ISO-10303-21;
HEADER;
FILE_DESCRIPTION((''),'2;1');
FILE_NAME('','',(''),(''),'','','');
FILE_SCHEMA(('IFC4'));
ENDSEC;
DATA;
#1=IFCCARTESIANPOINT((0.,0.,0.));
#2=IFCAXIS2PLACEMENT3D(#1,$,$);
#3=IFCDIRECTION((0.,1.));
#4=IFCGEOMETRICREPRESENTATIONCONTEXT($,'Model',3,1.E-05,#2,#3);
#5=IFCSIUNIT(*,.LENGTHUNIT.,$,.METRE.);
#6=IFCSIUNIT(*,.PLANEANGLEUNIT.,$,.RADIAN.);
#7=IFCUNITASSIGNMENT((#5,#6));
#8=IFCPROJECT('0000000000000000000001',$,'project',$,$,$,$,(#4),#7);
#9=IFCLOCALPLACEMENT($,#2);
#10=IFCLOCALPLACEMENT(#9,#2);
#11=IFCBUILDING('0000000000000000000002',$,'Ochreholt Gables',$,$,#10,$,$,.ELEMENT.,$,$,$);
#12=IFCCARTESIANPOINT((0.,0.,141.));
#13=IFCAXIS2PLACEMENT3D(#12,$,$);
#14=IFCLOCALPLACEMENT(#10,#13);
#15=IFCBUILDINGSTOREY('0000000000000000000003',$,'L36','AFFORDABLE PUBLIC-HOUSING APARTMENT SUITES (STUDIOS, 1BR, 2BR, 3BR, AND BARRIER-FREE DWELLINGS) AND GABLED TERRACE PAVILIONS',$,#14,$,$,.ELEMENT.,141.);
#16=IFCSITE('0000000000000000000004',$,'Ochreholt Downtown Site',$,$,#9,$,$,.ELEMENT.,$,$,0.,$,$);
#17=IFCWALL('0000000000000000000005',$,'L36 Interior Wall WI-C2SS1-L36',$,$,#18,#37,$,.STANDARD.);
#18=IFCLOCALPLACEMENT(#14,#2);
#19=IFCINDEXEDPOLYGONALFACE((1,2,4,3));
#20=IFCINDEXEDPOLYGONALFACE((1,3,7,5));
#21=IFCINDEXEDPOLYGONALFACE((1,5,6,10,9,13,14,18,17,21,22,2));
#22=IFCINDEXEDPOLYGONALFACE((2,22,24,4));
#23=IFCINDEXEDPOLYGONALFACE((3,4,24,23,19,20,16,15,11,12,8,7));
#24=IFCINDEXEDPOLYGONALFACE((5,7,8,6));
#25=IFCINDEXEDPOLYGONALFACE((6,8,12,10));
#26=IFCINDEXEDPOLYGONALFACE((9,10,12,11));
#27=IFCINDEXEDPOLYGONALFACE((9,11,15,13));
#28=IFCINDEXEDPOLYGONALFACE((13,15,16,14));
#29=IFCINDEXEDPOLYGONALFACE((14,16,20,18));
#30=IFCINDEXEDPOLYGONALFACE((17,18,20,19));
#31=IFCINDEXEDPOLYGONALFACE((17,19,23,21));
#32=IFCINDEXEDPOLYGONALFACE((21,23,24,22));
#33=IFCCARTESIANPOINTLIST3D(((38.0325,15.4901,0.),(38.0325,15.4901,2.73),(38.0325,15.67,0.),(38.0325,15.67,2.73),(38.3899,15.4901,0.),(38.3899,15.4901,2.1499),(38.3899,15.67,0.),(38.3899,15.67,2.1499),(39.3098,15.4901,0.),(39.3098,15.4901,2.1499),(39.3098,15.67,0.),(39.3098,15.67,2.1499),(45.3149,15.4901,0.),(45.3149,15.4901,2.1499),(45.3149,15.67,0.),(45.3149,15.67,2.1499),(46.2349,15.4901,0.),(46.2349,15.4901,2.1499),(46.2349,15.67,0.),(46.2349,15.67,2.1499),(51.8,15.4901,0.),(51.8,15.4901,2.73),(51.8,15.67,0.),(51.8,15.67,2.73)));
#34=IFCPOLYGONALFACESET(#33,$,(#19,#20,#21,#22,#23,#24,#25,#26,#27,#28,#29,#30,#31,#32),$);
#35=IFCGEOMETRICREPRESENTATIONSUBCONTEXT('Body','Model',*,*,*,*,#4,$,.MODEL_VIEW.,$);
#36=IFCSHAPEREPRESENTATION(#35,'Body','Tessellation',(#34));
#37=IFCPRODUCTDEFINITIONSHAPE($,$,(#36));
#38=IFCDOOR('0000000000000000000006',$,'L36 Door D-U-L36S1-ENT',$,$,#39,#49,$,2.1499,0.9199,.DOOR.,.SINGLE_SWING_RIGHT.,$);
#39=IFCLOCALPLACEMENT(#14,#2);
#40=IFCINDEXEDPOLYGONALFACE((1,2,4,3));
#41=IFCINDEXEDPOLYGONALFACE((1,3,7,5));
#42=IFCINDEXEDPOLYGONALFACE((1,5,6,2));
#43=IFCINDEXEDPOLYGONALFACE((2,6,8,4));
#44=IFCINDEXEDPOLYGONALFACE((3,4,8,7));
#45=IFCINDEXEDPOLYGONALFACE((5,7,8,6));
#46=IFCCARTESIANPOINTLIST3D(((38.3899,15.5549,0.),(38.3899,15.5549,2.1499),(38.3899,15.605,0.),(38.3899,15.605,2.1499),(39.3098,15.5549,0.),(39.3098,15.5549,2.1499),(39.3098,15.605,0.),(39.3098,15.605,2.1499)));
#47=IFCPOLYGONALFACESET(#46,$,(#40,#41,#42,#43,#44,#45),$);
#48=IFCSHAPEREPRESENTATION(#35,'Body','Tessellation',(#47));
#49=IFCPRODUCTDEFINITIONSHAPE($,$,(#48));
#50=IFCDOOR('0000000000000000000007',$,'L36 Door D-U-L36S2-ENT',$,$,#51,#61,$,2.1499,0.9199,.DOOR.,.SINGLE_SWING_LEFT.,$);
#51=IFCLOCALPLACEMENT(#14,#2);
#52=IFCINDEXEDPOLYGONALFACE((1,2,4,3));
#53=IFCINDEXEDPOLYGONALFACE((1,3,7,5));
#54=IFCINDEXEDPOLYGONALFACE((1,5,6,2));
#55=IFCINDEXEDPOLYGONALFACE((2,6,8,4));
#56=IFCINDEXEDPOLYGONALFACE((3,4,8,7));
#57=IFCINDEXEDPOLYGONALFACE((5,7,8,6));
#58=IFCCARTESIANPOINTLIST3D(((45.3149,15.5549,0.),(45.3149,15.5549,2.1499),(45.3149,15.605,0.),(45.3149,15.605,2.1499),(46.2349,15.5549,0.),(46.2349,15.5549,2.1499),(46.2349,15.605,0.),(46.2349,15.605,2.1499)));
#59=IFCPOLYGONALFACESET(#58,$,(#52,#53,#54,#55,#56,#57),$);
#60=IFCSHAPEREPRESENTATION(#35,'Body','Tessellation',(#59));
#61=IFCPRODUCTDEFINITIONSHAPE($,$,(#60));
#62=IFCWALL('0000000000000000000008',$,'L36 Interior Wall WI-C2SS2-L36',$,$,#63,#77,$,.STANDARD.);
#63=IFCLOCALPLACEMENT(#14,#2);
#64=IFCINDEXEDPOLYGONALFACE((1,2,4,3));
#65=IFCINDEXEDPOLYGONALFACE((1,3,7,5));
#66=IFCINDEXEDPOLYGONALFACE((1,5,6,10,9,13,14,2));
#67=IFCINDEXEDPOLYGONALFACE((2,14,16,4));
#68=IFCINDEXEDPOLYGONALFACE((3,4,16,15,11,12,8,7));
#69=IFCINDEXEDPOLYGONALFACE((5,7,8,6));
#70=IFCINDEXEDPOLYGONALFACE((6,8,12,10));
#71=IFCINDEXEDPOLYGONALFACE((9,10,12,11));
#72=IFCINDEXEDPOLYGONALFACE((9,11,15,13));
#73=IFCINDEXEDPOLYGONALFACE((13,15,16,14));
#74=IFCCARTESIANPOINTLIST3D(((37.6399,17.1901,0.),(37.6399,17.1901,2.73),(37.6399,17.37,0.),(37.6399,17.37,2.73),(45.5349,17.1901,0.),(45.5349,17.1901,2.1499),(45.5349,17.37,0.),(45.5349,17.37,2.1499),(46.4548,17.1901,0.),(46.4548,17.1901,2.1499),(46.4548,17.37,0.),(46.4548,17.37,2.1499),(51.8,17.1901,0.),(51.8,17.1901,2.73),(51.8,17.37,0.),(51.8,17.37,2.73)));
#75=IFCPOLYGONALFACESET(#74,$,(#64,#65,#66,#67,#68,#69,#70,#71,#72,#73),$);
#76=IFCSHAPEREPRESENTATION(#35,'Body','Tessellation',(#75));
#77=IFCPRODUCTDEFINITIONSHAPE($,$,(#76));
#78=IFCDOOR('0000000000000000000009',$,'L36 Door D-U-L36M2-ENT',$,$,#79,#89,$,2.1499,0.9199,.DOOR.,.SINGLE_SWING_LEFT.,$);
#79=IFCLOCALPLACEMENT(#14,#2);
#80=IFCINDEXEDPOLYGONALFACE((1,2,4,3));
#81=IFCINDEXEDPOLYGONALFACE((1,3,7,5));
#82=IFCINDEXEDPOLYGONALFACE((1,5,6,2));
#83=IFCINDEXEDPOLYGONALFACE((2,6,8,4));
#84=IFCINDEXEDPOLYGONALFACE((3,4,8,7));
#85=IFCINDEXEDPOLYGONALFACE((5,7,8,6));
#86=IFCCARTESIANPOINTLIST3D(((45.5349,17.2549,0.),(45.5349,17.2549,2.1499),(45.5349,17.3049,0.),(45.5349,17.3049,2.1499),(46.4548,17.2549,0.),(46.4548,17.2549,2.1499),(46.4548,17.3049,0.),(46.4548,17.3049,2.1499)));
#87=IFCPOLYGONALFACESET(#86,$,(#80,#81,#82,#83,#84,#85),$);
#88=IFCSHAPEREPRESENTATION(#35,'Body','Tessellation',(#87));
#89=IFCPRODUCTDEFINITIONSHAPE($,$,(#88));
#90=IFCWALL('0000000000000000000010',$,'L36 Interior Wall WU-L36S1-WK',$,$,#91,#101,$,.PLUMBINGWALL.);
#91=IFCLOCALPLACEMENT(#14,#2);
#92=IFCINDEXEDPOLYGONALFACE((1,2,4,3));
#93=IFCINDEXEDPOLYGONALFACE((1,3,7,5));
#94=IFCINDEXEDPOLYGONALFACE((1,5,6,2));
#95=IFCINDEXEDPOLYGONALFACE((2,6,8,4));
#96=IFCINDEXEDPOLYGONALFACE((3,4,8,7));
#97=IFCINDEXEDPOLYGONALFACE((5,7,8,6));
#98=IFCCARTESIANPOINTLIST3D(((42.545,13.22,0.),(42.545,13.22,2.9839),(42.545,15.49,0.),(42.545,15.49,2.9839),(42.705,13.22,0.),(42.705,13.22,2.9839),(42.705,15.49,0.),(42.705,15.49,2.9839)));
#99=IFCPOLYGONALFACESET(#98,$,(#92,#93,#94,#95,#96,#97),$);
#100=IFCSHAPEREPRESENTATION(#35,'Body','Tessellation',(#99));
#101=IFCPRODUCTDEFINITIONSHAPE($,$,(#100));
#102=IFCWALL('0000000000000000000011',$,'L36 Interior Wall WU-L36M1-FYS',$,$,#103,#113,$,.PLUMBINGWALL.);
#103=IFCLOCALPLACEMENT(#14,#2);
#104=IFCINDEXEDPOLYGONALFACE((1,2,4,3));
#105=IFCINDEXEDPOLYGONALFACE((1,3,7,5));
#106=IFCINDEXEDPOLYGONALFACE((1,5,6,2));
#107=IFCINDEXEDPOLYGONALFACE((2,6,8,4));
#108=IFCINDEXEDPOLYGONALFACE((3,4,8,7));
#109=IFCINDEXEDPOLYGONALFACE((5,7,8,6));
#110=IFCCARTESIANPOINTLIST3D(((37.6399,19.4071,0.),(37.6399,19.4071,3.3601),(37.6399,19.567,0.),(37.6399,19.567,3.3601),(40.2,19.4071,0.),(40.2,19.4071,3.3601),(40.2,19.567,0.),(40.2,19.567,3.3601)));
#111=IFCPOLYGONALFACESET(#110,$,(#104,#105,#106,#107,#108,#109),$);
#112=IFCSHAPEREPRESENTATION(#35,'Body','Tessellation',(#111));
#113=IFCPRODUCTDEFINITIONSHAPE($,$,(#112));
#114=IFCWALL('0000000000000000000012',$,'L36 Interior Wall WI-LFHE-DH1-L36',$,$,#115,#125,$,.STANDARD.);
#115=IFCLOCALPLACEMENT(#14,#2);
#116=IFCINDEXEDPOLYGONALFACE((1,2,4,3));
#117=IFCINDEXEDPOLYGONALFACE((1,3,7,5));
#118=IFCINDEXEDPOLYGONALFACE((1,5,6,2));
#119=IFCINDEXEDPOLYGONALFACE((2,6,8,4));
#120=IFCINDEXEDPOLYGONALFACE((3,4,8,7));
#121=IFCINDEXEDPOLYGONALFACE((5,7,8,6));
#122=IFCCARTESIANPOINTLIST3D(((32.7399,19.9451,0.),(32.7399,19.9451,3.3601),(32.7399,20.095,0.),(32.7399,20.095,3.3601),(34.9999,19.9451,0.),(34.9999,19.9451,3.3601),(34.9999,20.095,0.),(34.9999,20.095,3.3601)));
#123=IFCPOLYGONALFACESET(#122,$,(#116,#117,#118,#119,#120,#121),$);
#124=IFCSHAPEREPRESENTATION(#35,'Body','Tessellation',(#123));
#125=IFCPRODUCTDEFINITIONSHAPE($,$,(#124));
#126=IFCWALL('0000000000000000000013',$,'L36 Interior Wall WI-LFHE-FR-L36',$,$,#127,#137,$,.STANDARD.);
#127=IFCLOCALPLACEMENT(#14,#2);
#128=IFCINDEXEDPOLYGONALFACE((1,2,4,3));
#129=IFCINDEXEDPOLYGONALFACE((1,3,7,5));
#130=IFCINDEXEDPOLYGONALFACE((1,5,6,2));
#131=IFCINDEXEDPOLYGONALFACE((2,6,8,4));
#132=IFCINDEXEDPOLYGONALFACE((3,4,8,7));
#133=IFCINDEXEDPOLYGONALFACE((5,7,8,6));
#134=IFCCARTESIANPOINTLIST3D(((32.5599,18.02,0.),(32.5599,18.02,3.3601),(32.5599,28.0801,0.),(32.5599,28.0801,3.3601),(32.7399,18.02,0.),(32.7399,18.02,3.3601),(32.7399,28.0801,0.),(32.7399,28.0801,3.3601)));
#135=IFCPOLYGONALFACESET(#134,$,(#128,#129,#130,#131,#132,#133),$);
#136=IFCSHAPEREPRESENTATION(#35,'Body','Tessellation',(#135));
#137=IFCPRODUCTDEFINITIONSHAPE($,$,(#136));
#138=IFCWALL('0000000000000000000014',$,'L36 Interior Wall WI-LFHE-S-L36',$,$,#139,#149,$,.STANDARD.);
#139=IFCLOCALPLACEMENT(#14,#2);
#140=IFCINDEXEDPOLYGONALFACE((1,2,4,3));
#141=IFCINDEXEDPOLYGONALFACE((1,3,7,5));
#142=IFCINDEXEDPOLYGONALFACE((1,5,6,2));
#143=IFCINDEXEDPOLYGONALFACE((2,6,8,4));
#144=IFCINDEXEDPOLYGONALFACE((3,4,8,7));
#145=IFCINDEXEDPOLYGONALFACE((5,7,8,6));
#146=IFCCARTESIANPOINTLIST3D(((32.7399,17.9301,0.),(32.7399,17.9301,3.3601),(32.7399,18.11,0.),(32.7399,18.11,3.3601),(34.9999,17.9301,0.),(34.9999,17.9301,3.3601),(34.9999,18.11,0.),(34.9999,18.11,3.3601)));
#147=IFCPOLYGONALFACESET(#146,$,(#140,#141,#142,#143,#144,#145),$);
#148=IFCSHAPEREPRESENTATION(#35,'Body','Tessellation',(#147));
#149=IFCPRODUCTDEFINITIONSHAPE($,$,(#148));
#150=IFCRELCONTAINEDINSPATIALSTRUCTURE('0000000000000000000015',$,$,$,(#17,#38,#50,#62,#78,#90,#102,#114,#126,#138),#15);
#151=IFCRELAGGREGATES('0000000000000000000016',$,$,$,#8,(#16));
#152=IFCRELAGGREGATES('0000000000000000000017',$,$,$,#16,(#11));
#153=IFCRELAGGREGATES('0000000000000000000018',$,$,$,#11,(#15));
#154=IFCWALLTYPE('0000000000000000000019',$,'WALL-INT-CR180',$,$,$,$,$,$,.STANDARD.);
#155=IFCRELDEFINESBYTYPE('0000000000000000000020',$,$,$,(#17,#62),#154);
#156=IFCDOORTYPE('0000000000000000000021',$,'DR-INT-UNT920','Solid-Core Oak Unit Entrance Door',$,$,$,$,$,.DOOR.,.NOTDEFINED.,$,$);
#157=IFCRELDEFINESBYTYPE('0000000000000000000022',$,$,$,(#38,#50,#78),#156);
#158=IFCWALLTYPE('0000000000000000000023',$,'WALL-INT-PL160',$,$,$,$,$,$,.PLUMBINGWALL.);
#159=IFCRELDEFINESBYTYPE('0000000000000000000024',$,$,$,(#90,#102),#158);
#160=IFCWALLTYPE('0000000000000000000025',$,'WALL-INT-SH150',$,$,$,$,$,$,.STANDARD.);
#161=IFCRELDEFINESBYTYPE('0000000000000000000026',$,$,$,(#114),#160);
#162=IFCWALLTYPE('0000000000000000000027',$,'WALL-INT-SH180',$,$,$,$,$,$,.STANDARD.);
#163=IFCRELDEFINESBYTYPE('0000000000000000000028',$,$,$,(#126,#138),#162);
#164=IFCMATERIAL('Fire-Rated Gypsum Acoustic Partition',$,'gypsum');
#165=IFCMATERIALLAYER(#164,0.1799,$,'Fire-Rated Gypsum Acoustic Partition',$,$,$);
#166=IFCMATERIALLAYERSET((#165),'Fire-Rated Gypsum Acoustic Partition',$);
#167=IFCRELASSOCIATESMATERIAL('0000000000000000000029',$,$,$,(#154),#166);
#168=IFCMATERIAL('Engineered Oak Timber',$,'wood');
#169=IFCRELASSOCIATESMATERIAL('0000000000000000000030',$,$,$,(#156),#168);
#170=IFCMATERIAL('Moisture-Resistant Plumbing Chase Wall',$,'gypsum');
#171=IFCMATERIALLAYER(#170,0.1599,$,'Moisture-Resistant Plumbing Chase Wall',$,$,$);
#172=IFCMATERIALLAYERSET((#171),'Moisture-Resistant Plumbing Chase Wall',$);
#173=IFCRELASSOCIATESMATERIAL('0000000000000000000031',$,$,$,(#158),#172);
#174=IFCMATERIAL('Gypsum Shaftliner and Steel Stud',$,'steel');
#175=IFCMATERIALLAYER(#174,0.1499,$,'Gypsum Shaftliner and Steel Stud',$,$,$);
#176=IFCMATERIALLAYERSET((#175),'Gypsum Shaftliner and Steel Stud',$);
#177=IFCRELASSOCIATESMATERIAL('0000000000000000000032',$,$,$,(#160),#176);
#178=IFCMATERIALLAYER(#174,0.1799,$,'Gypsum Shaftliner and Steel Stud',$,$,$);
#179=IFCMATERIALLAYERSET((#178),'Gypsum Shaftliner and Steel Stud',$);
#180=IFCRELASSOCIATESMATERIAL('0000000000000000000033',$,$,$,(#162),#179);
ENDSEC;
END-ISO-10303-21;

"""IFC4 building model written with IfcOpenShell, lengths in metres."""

from ifc_helpers import new_model, si_unit, direction, frame, frame_2d, origin, place, context, subcontext, project, spatial, rectangle, extrude, material, layer, layer_set, type_object, element, fill, save


model = new_model("IFC4")

# Units and contexts
model_context = context("Model", 3, precision=1e-05, world=origin(), true_north=direction((0.0, 1.0)))
body_context = subcontext(model_context, "Body", "Model", "MODEL_VIEW")
ifc_project = project(units=[si_unit("LENGTHUNIT", "METRE"), si_unit("PLANEANGLEUNIT", "RADIAN")], contexts=[model_context])

# Site, building, storey
site_placement = place(None, origin())
site = spatial("IfcSite", under=ifc_project, at=site_placement, Name="Ochreholt Downtown Site", CompositionType="ELEMENT", RefElevation=0.0)
building_placement = place(site_placement, origin())
building = spatial("IfcBuilding", under=site, at=building_placement, Name="Ochreholt Gables", CompositionType="ELEMENT")
storey_placement = place(building_placement, frame((0.0, 0.0, 141.0)))
storey = spatial("IfcBuildingStorey", under=building, at=storey_placement, Name="L36", Description="AFFORDABLE PUBLIC-HOUSING APARTMENT SUITES (STUDIOS, 1BR, 2BR, 3BR, AND BARRIER-FREE DWELLINGS) AND GABLED TERRACE PAVILIONS", CompositionType="ELEMENT", Elevation=141.0)

# Shared definitions
ifc_material_1 = material(Name="Fire-Rated Gypsum Acoustic Partition", Category="gypsum")
ifc_layer_1 = layer(ifc_material_1, 0.1799, Name="Fire-Rated Gypsum Acoustic Partition")
ifc_layer_set_1 = layer_set([ifc_layer_1], Name="Fire-Rated Gypsum Acoustic Partition")
wall_type_1 = type_object("IfcWallType", Name="WALL-INT-CR180", PredefinedType="STANDARD", material=ifc_layer_set_1)
ifc_material_2 = material(Name="Engineered Oak Timber", Category="wood")
door_type_1 = type_object("IfcDoorType", Name="DR-INT-UNT920", Description="Solid-Core Oak Unit Entrance Door", OperationType="NOTDEFINED", PredefinedType="DOOR", material=ifc_material_2)

# Wall, openings, doors
wall_1_placement = place(storey_placement, frame((38.0325, 15.5801, 0.0), z_axis=(0.0, 0.0, 1.0), x_axis=(1.0, 0.0, 0.0)))
wall_1 = element("IfcWall", 1, at=wall_1_placement, inside=storey, type_object=wall_type_1, Name="L36 Interior Wall WI-C2SS1-L36", PredefinedType="STANDARD", context=body_context, shape_type="SweptSolid", body=[
    extrude(rectangle(XDim=13.7676, YDim=0.1799, at=frame_2d((6.8838, 0.0))), origin(), (0.0, 0.0, 1.0), 2.73),
])
opening_1_placement = place(wall_1_placement, frame((0.3574, 0.0, 0.0)))
opening_1 = element("IfcOpeningElement", 2, at=opening_1_placement, cuts=wall_1, PredefinedType="OPENING", context=body_context, shape_type="SweptSolid", body=[
    extrude(rectangle(XDim=0.9199, YDim=2.1499, at=frame_2d((0.46, 1.075))), frame((0.0, 0.0999, 0.0), z_axis=(0.0, -1.0, 0.0), x_axis=(1.0, 0.0, 0.0)), (0.0, 0.0, 1.0), 0.2),
])
opening_2_placement = place(wall_1_placement, frame((7.2825, 0.0, 0.0)))
opening_2 = element("IfcOpeningElement", 3, at=opening_2_placement, cuts=wall_1, PredefinedType="OPENING", context=body_context, shape_type="SweptSolid", body=[
    extrude(rectangle(XDim=0.9199, YDim=2.1499, at=frame_2d((0.46, 1.075))), frame((0.0, 0.0999, 0.0), z_axis=(0.0, -1.0, 0.0), x_axis=(1.0, 0.0, 0.0)), (0.0, 0.0, 1.0), 0.2),
])
door_1_placement = place(opening_1_placement, origin())
door_1 = element("IfcDoor", 4, at=door_1_placement, inside=storey, type_object=door_type_1, Name="L36 Door D-U-L36S1-ENT", OperationType="SINGLE_SWING_RIGHT", OverallHeight=2.1499, OverallWidth=0.9199, PredefinedType="DOOR", context=body_context, shape_type="SweptSolid", body=[
    extrude(rectangle(XDim=0.9199, YDim=2.1499, at=frame_2d((0.46, 1.075))), frame((0.0, 0.0249, 0.0), z_axis=(0.0, -1.0, 0.0), x_axis=(1.0, 0.0, 0.0)), (0.0, 0.0, 1.0), 0.05),
])
fill(opening_1, door_1)
door_2_placement = place(opening_2_placement, origin())
door_2 = element("IfcDoor", 5, at=door_2_placement, inside=storey, type_object=door_type_1, Name="L36 Door D-U-L36S2-ENT", OperationType="SINGLE_SWING_LEFT", OverallHeight=2.1499, OverallWidth=0.9199, PredefinedType="DOOR", context=body_context, shape_type="SweptSolid", body=[
    extrude(rectangle(XDim=0.9199, YDim=2.1499, at=frame_2d((0.46, 1.075))), frame((0.0, 0.0249, 0.0), z_axis=(0.0, -1.0, 0.0), x_axis=(1.0, 0.0, 0.0)), (0.0, 0.0, 1.0), 0.05),
])
fill(opening_2, door_2)

# Wall, opening, door
wall_2_placement = place(storey_placement, frame((37.6399, 17.28, 0.0), z_axis=(0.0, 0.0, 1.0), x_axis=(1.0, 0.0, 0.0)))
wall_2 = element("IfcWall", 6, at=wall_2_placement, inside=storey, type_object=wall_type_1, Name="L36 Interior Wall WI-C2SS2-L36", PredefinedType="STANDARD", context=body_context, shape_type="SweptSolid", body=[
    extrude(rectangle(XDim=14.1602, YDim=0.1799, at=frame_2d((7.0801, 0.0))), origin(), (0.0, 0.0, 1.0), 2.73),
])
opening_3_placement = place(wall_2_placement, frame((7.895, 0.0, 0.0)))
opening_3 = element("IfcOpeningElement", 7, at=opening_3_placement, cuts=wall_2, PredefinedType="OPENING", context=body_context, shape_type="SweptSolid", body=[
    extrude(rectangle(XDim=0.9199, YDim=2.1499, at=frame_2d((0.46, 1.075))), frame((0.0, 0.0999, 0.0), z_axis=(0.0, -1.0, 0.0), x_axis=(1.0, 0.0, 0.0)), (0.0, 0.0, 1.0), 0.2),
])
door_3_placement = place(opening_3_placement, origin())
door_3 = element("IfcDoor", 8, at=door_3_placement, inside=storey, type_object=door_type_1, Name="L36 Door D-U-L36M2-ENT", OperationType="SINGLE_SWING_LEFT", OverallHeight=2.1499, OverallWidth=0.9199, PredefinedType="DOOR", context=body_context, shape_type="SweptSolid", body=[
    extrude(rectangle(XDim=0.9199, YDim=2.1499, at=frame_2d((0.46, 1.075))), frame((0.0, 0.0249, 0.0), z_axis=(0.0, -1.0, 0.0), x_axis=(1.0, 0.0, 0.0)), (0.0, 0.0, 1.0), 0.05),
])
fill(opening_3, door_3)

# Walls
ifc_material_3 = material(Name="Moisture-Resistant Plumbing Chase Wall", Category="gypsum")
ifc_layer_2 = layer(ifc_material_3, 0.1599, Name="Moisture-Resistant Plumbing Chase Wall")
ifc_layer_set_2 = layer_set([ifc_layer_2], Name="Moisture-Resistant Plumbing Chase Wall")
wall_type_2 = type_object("IfcWallType", Name="WALL-INT-PL160", PredefinedType="PLUMBINGWALL", material=ifc_layer_set_2)
wall_3_placement = place(storey_placement, frame((42.625, 13.22, 0.0), z_axis=(0.0, 0.0, 1.0), x_axis=(0.0, 1.0, 0.0)))
element("IfcWall", 9, at=wall_3_placement, inside=storey, type_object=wall_type_2, Name="L36 Interior Wall WU-L36S1-WK", PredefinedType="PLUMBINGWALL", context=body_context, shape_type="SweptSolid", body=[
    extrude(rectangle(XDim=2.27, YDim=0.1599, at=frame_2d((1.135, 0.0))), origin(), (0.0, 0.0, 1.0), 2.9839),
])
wall_4_placement = place(storey_placement, frame((37.6399, 19.4871, 0.0), z_axis=(0.0, 0.0, 1.0), x_axis=(1.0, 0.0, 0.0)))
element("IfcWall", 10, at=wall_4_placement, inside=storey, type_object=wall_type_2, Name="L36 Interior Wall WU-L36M1-FYS", PredefinedType="PLUMBINGWALL", context=body_context, shape_type="SweptSolid", body=[
    extrude(rectangle(XDim=2.5601, YDim=0.1599, at=frame_2d((1.28, 0.0))), origin(), (0.0, 0.0, 1.0), 3.3601),
])

# Walls
ifc_material_4 = material(Name="Gypsum Shaftliner and Steel Stud", Category="steel")
ifc_layer_3 = layer(ifc_material_4, 0.1499, Name="Gypsum Shaftliner and Steel Stud")
ifc_layer_set_3 = layer_set([ifc_layer_3], Name="Gypsum Shaftliner and Steel Stud")
wall_type_3 = type_object("IfcWallType", Name="WALL-INT-SH150", PredefinedType="STANDARD", material=ifc_layer_set_3)
wall_5_placement = place(storey_placement, frame((32.74, 20.02, 0.0), z_axis=(0.0, 0.0, 1.0), x_axis=(1.0, 0.0, 0.0)))
element("IfcWall", 11, at=wall_5_placement, inside=storey, type_object=wall_type_3, Name="L36 Interior Wall WI-LFHE-DH1-L36", PredefinedType="STANDARD", context=body_context, shape_type="SweptSolid", body=[
    extrude(rectangle(XDim=2.26, YDim=0.1499, at=frame_2d((1.1299, 0.0))), origin(), (0.0, 0.0, 1.0), 3.3601),
])
ifc_layer_4 = layer(ifc_material_4, 0.1799, Name="Gypsum Shaftliner and Steel Stud")
ifc_layer_set_4 = layer_set([ifc_layer_4], Name="Gypsum Shaftliner and Steel Stud")
wall_type_4 = type_object("IfcWallType", Name="WALL-INT-SH180", PredefinedType="STANDARD", material=ifc_layer_set_4)
wall_6_placement = place(storey_placement, frame((32.6499, 18.02, 0.0), z_axis=(0.0, 0.0, 1.0), x_axis=(0.0, 1.0, 0.0)))
element("IfcWall", 12, at=wall_6_placement, inside=storey, type_object=wall_type_4, Name="L36 Interior Wall WI-LFHE-FR-L36", PredefinedType="STANDARD", context=body_context, shape_type="SweptSolid", body=[
    extrude(rectangle(XDim=10.0601, YDim=0.1799, at=frame_2d((5.03, 0.0))), origin(), (0.0, 0.0, 1.0), 3.3601),
])
wall_7_placement = place(storey_placement, frame((32.74, 18.02, 0.0), z_axis=(0.0, 0.0, 1.0), x_axis=(1.0, 0.0, 0.0)))
element("IfcWall", 13, at=wall_7_placement, inside=storey, type_object=wall_type_4, Name="L36 Interior Wall WI-LFHE-S-L36", PredefinedType="STANDARD", context=body_context, shape_type="SweptSolid", body=[
    extrude(rectangle(XDim=2.26, YDim=0.1799, at=frame_2d((1.1299, 0.0))), origin(), (0.0, 0.0, 1.0), 3.3601),
])

save(model, "model.ifc")
